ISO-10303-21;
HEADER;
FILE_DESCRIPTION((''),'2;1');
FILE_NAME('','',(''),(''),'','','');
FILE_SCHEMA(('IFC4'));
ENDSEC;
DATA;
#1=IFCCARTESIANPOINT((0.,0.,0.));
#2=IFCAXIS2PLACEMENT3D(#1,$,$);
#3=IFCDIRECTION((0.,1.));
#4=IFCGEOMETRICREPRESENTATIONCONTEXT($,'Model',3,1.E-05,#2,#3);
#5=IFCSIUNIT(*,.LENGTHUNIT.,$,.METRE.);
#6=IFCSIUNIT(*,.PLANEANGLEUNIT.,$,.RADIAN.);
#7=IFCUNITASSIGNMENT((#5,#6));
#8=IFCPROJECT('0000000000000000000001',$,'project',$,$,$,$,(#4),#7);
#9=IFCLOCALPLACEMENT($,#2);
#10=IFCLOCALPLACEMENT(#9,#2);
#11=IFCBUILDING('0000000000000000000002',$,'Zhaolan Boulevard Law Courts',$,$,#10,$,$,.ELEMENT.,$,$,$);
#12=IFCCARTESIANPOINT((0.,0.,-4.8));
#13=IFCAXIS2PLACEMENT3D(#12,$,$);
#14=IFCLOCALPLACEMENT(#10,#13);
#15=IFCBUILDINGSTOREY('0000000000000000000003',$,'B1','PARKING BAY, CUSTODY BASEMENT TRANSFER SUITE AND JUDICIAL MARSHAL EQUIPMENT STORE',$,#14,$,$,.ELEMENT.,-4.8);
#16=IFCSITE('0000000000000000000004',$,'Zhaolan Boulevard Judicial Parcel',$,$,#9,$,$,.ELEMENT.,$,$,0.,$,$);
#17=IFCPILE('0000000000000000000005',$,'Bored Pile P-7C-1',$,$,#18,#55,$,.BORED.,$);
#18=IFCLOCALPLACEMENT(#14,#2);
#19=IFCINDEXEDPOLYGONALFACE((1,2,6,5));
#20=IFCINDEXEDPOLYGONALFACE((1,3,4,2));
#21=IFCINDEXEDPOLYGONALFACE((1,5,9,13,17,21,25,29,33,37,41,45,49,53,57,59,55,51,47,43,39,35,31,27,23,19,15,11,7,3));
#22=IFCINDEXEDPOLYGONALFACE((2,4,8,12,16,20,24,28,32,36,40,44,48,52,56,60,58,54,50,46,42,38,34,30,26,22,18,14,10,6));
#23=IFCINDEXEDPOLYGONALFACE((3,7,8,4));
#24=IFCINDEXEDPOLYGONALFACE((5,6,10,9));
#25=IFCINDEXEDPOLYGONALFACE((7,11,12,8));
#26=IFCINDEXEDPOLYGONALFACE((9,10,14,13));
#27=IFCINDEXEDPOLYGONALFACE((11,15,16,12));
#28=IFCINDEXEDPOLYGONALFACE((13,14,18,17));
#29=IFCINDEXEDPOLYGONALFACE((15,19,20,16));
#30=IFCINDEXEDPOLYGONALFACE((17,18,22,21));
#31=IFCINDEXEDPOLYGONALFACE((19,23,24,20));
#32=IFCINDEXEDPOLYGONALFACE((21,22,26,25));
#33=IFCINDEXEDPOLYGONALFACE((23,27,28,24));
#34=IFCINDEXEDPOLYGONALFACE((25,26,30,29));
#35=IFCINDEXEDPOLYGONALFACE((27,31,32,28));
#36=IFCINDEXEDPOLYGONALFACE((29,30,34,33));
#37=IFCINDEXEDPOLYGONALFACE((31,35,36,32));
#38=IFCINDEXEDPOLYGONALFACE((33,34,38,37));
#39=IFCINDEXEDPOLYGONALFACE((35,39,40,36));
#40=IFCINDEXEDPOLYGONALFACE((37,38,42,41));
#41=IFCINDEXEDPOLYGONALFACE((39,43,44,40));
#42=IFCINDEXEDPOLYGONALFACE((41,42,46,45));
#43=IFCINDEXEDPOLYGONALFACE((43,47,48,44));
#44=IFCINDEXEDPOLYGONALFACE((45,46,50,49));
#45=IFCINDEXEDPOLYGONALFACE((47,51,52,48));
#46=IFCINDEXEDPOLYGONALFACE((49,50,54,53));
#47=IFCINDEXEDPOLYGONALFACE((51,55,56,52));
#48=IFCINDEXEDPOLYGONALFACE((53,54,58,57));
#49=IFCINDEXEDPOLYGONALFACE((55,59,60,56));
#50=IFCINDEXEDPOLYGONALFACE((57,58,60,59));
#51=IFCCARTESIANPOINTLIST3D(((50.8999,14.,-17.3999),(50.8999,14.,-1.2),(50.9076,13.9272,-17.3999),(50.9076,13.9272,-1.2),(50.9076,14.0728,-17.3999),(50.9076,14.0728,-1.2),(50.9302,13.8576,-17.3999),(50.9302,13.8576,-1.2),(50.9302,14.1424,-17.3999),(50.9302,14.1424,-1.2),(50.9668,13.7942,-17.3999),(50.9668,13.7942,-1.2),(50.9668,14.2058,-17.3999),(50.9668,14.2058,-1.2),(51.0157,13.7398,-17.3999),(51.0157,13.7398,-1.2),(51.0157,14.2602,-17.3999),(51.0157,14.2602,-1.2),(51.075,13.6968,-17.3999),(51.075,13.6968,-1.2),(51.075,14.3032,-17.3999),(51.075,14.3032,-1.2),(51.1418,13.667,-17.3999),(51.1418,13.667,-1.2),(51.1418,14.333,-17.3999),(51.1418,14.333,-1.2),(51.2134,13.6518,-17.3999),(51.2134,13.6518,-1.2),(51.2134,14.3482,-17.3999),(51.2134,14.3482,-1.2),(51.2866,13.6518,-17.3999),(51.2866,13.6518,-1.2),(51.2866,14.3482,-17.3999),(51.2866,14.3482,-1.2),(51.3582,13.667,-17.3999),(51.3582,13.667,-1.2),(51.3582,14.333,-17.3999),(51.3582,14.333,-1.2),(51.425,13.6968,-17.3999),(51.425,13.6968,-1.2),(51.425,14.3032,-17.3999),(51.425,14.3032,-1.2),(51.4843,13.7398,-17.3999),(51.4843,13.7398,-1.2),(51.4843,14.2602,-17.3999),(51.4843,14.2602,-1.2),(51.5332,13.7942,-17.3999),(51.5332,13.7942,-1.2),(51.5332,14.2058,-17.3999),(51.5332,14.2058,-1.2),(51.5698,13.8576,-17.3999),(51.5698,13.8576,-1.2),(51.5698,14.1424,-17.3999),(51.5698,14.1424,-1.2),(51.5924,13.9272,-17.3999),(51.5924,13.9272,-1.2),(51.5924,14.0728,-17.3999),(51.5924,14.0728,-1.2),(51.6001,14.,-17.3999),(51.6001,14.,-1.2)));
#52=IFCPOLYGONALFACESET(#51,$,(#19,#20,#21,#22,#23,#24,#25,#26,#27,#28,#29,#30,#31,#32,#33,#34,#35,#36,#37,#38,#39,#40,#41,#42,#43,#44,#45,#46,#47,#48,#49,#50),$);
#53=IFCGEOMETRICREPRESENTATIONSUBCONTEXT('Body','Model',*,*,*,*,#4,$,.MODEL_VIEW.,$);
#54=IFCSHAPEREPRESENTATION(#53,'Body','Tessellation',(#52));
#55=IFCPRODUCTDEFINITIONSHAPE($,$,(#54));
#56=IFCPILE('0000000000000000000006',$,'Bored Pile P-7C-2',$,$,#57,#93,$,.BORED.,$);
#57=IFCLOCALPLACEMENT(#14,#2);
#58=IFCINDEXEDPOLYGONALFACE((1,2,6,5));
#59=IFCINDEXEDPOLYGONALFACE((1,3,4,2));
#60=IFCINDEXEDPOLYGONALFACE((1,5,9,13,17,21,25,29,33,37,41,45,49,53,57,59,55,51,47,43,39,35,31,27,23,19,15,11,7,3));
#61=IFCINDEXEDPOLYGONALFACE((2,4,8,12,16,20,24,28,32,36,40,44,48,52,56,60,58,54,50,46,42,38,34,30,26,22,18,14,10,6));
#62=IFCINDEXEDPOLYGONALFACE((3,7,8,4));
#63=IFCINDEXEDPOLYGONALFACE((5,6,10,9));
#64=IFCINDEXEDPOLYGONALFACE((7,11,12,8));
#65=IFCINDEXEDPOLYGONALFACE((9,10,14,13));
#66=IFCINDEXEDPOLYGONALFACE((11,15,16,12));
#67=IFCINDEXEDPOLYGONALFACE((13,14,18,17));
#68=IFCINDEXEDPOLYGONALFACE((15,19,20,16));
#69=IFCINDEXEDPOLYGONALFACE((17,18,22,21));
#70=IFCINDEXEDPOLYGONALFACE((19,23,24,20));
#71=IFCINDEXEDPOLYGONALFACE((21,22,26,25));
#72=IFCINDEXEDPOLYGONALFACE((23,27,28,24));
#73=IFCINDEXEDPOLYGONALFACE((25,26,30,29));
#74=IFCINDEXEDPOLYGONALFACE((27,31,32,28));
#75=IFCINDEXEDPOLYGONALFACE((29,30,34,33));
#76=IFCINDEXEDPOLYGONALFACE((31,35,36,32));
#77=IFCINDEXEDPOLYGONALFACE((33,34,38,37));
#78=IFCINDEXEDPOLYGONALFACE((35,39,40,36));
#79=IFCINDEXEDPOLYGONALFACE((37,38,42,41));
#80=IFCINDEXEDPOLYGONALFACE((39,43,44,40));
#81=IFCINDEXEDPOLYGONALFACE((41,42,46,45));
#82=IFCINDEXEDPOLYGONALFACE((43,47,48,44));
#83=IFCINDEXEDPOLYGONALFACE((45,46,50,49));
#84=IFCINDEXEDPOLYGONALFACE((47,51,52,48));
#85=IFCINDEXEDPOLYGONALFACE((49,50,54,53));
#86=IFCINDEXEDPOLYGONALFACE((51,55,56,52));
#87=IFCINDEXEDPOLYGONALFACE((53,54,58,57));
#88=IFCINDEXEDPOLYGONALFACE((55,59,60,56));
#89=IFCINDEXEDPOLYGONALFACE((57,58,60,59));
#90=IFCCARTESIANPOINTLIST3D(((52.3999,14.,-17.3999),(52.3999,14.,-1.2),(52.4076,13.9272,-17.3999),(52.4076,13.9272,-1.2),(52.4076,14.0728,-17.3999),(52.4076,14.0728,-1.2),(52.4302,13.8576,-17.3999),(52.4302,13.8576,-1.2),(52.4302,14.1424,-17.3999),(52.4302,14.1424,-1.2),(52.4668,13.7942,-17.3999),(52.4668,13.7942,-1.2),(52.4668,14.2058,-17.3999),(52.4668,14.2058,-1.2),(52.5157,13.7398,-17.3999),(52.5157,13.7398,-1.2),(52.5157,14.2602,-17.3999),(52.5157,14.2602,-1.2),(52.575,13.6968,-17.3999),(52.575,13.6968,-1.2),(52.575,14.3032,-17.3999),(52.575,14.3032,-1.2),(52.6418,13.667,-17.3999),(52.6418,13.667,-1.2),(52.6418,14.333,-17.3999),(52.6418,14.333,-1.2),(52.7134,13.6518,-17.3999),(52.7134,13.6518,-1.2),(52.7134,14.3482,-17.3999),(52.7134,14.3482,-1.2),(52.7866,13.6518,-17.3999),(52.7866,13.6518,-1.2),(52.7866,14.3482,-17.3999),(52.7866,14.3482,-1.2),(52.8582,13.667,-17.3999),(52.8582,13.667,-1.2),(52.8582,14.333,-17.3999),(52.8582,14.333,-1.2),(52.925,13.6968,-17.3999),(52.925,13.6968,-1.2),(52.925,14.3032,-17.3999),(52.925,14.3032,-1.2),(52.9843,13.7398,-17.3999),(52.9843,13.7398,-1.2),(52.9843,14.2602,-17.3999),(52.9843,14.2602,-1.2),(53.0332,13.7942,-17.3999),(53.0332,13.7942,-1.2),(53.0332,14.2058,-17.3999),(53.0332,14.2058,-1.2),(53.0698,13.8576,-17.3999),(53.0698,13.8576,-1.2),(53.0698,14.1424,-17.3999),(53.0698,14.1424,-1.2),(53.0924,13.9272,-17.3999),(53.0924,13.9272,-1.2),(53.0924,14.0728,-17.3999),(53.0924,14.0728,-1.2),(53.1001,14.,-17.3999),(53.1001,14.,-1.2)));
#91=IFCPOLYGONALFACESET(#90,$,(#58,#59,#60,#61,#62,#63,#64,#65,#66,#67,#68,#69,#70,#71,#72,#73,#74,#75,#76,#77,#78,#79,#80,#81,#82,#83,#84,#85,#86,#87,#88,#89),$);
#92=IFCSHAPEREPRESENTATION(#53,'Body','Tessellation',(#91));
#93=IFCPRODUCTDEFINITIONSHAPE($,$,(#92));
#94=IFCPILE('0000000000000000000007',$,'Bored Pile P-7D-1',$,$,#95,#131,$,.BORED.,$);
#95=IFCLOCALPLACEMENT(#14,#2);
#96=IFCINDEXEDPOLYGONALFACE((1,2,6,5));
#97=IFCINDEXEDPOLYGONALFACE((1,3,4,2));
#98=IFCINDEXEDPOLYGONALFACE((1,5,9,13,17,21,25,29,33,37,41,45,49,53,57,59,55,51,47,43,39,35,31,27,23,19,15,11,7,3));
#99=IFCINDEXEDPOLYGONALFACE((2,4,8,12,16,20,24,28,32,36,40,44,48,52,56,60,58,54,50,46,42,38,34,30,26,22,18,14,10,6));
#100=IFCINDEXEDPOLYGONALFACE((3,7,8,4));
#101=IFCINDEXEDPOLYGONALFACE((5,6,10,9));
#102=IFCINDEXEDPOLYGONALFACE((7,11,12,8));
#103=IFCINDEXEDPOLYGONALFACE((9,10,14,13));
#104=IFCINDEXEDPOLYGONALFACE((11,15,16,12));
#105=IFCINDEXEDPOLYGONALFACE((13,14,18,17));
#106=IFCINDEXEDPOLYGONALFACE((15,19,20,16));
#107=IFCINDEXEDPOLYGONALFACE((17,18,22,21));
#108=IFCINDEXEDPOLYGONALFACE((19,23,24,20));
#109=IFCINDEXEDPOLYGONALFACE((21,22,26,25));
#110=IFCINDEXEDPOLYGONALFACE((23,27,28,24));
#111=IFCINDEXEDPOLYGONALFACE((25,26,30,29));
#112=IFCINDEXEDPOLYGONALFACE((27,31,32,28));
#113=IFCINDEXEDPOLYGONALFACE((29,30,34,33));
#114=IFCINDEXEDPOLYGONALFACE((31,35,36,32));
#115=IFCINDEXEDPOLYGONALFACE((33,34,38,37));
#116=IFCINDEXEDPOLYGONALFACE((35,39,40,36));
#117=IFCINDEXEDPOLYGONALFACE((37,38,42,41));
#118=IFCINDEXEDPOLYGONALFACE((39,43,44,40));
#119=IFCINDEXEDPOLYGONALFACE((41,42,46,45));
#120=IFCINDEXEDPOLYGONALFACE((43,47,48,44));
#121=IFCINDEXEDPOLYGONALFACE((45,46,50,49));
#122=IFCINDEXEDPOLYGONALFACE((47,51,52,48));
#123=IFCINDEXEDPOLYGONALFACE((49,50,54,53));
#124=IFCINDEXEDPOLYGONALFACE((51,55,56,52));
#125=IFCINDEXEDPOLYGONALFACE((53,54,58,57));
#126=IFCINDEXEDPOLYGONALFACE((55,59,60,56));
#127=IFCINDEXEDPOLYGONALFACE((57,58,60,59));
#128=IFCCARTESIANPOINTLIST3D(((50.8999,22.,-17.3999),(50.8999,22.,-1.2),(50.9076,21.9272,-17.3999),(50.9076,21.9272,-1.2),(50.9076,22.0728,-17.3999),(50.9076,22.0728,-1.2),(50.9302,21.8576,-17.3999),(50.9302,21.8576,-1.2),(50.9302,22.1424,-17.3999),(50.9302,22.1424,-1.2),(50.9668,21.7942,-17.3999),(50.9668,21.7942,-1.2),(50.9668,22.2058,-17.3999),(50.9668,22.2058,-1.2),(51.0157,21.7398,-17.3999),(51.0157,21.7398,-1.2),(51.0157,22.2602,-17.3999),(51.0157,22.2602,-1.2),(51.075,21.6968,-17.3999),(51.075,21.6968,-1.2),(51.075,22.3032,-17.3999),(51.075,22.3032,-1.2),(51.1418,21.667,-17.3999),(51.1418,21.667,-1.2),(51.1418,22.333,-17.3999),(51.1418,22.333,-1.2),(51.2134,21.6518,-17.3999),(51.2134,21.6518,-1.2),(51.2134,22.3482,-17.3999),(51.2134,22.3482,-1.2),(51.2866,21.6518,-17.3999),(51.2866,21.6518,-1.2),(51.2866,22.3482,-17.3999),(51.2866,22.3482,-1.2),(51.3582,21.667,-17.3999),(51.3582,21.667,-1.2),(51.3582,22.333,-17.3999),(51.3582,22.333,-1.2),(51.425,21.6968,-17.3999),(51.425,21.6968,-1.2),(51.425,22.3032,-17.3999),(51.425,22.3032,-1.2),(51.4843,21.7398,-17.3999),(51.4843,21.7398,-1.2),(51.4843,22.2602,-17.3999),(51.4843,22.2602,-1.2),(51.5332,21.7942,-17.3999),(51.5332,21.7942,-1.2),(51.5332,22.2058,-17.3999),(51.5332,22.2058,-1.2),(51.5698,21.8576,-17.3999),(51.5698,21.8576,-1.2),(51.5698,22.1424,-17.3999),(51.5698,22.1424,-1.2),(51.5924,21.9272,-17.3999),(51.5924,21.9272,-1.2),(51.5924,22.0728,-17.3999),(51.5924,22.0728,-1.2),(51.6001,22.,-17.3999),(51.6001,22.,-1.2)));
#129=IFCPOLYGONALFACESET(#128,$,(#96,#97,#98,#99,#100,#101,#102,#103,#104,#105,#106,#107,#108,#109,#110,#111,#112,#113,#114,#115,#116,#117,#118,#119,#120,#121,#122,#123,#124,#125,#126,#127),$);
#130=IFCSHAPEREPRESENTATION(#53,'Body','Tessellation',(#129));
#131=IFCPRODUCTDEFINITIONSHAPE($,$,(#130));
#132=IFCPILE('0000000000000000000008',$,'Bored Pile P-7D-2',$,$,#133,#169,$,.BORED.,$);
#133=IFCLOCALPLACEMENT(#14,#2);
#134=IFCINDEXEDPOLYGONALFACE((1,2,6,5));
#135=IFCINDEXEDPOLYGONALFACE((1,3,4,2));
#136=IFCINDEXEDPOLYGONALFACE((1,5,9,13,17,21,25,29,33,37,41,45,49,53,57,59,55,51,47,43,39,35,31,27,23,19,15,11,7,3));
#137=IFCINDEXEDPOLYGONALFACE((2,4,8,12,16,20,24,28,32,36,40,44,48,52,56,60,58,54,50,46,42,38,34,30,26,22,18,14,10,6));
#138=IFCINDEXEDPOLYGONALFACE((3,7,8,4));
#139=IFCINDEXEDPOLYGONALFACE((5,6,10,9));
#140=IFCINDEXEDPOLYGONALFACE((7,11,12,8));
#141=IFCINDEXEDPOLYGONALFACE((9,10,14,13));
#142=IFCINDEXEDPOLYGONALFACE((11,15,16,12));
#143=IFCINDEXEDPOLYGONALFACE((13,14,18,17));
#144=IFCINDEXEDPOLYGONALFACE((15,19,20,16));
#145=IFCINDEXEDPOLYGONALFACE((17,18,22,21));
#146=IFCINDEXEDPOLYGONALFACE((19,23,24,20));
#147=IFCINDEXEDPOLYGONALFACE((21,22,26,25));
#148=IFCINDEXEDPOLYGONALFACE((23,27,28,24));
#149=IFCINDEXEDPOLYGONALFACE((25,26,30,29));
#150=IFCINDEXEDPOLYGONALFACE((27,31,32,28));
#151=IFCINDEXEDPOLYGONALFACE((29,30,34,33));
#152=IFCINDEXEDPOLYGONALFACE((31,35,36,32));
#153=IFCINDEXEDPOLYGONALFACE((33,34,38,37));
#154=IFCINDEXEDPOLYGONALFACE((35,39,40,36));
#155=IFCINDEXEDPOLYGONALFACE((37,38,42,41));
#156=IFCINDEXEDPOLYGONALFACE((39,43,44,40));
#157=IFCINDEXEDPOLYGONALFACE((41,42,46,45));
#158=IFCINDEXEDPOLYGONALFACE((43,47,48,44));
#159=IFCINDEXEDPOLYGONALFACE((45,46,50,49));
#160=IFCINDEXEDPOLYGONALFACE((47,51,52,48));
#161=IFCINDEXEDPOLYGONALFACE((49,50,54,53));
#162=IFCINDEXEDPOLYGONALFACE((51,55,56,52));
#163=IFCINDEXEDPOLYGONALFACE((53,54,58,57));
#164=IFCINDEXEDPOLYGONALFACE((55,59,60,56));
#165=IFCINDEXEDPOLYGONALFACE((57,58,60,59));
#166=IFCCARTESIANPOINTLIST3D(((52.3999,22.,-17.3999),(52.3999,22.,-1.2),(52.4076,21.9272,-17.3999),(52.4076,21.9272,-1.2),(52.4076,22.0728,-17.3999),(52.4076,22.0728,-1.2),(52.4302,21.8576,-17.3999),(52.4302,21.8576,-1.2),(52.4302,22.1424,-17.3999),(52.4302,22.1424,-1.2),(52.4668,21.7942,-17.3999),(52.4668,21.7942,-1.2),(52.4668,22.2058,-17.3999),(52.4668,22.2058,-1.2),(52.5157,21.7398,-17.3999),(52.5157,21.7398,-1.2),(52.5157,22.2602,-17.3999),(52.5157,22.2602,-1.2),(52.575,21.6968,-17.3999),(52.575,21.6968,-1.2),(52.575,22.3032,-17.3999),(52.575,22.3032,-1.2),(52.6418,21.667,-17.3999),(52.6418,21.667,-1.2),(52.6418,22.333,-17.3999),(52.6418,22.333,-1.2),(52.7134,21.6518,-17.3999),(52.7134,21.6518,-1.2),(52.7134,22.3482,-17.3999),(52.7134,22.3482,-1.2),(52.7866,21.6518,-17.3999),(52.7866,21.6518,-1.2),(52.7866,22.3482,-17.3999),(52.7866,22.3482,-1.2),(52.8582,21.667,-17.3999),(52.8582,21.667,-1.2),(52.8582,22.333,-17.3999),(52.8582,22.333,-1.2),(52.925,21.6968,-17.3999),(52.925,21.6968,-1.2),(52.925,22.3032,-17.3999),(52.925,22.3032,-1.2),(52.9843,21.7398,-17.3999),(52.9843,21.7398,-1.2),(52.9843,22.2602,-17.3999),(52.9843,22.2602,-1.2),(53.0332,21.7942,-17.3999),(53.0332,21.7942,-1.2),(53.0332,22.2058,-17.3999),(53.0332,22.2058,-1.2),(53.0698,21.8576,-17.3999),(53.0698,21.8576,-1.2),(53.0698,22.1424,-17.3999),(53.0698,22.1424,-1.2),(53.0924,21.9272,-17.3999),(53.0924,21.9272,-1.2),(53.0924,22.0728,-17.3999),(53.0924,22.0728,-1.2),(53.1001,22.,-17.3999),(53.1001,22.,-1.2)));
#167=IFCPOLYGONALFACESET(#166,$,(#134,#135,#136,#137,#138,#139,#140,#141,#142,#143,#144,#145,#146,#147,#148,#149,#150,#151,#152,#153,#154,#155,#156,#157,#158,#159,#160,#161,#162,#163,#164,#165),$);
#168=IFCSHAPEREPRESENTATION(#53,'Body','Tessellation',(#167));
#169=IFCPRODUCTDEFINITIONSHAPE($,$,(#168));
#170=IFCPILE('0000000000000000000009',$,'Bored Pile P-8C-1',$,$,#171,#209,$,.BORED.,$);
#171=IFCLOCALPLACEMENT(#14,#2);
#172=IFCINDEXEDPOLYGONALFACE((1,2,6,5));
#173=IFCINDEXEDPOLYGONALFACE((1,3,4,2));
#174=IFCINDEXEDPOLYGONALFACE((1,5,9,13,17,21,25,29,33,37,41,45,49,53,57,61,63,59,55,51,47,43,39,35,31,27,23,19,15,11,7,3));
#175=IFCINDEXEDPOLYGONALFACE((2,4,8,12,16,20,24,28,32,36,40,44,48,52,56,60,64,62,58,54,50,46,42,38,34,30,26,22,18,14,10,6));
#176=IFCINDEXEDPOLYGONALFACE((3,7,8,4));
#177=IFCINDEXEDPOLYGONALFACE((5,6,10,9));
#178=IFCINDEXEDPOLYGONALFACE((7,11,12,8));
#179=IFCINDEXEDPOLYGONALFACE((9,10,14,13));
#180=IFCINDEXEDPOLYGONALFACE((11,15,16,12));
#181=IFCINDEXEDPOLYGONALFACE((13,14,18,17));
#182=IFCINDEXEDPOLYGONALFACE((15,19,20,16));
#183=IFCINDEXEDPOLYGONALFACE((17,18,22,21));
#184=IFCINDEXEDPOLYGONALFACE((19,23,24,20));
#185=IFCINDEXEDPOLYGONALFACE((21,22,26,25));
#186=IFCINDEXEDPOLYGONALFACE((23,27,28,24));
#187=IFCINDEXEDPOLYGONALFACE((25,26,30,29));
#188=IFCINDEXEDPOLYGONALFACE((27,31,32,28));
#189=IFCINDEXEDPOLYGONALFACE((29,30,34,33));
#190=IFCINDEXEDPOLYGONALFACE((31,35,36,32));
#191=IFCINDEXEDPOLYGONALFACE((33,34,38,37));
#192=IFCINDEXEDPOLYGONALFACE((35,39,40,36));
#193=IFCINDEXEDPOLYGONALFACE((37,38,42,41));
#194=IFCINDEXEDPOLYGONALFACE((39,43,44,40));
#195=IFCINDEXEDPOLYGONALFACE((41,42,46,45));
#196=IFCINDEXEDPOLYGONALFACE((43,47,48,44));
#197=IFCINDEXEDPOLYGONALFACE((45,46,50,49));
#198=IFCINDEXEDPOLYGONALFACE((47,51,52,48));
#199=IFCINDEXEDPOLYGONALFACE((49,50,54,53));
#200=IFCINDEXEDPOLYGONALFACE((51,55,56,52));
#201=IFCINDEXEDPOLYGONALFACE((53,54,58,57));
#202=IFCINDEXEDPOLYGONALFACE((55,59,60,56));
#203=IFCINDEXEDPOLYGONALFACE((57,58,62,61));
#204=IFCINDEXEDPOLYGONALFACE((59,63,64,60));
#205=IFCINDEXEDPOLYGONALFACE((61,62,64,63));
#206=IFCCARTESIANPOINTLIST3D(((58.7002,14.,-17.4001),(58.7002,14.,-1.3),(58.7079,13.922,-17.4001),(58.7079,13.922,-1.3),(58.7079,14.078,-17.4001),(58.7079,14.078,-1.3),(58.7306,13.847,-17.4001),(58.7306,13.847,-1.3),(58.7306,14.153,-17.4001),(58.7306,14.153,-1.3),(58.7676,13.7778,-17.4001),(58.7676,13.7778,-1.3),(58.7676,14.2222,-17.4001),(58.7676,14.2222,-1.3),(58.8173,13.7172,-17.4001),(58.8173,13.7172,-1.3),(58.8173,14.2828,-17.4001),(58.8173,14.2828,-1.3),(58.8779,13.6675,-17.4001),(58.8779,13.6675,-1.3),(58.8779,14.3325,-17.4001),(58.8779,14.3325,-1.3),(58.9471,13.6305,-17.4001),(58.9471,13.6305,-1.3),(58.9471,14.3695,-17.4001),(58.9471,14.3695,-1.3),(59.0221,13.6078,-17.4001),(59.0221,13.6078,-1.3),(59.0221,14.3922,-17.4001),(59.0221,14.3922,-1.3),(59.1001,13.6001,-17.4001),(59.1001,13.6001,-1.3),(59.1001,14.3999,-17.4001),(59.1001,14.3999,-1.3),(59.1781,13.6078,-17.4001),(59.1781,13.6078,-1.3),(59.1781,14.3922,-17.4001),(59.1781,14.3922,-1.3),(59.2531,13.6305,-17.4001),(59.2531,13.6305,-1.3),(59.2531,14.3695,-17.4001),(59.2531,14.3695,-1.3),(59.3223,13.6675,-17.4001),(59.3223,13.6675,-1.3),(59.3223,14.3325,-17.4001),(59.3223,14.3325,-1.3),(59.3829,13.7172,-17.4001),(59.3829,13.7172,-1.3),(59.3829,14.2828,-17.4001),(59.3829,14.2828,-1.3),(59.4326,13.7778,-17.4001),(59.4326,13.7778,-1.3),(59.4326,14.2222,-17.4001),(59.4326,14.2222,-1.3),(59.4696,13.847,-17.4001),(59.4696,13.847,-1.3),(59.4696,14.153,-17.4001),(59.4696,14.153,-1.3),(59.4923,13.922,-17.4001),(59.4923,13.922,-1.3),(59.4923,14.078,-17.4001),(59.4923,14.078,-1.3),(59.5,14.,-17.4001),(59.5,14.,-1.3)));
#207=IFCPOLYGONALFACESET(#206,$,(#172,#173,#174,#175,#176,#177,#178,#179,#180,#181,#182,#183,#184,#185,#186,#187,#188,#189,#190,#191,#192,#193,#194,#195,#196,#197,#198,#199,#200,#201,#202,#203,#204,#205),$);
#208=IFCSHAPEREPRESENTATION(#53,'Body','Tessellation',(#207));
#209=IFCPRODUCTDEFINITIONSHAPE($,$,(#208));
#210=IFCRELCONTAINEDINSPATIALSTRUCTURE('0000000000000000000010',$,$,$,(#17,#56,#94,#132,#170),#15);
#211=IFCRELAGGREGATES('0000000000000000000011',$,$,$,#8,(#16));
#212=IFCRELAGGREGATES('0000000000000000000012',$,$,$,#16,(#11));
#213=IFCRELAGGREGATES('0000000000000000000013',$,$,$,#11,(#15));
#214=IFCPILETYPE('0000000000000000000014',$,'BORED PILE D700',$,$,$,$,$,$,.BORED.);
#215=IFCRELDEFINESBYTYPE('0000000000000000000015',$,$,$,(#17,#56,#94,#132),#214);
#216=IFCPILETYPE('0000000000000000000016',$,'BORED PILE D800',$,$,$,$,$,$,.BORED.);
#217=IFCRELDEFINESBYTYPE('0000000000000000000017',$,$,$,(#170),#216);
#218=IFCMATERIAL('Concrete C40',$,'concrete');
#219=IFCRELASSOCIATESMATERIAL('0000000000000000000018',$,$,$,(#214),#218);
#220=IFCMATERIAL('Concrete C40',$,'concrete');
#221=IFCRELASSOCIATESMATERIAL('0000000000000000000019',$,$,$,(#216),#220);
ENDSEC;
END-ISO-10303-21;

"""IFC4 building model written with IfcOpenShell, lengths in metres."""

from ifc_helpers import new_model, si_unit, direction, frame, origin, origin_2d, place, context, subcontext, project, spatial, circle, extrude, material, material_profile, profile_set, type_object, element, save


model = new_model("IFC4")

# Units and contexts
model_context = context("Model", 3, precision=1e-05, world=origin(), true_north=direction((0.0, 1.0)))
body_context = subcontext(model_context, "Body", "Model", "MODEL_VIEW")
ifc_project = project(units=[si_unit("LENGTHUNIT", "METRE"), si_unit("PLANEANGLEUNIT", "RADIAN")], contexts=[model_context])

# Site, building, storey
site_placement = place(None, origin())
site = spatial("IfcSite", under=ifc_project, at=site_placement, Name="Zhaolan Boulevard Judicial Parcel", CompositionType="ELEMENT", RefElevation=0.0)
building_placement = place(site_placement, origin())
building = spatial("IfcBuilding", under=site, at=building_placement, Name="Zhaolan Boulevard Law Courts", CompositionType="ELEMENT")
storey_placement = place(building_placement, frame((0.0, 0.0, -4.8)))
storey = spatial("IfcBuildingStorey", under=building, at=storey_placement, Name="B1", Description="PARKING BAY, CUSTODY BASEMENT TRANSFER SUITE AND JUDICIAL MARSHAL EQUIPMENT STORE", CompositionType="ELEMENT", Elevation=-4.8)

# Piles
ifc_material_1 = material(Name="Concrete C40", Category="concrete")
ifc_material_profile_1 = material_profile(ifc_material_1, circle(Radius=0.3501, at=origin_2d()), Name="PILE-D700")
ifc_profile_set_1 = profile_set([ifc_material_profile_1], Name="Concrete C40")
pile_type_1 = type_object("IfcPileType", Name="BORED PILE D700", PredefinedType="BORED", material=ifc_profile_set_1)
for number, where, z_axis, x_axis, name in (
    (1, (51.25, 14.0, -1.2), (0.0, 0.0, -1.0), (1.0, 0.0, 0.0), "Bored Pile P-7C-1"),
    (2, (52.75, 14.0, -1.2), (0.0, 0.0, -1.0), (1.0, 0.0, 0.0), "Bored Pile P-7C-2"),
    (3, (51.25, 22.0, -1.2), (0.0, 0.0, -1.0), (1.0, 0.0, 0.0), "Bored Pile P-7D-1"),
    (4, (52.75, 22.0, -1.2), (0.0, 0.0, -1.0), (1.0, 0.0, 0.0), "Bored Pile P-7D-2"),
):
    element("IfcPile", number, at=place(storey_placement, frame(where, z_axis=z_axis, x_axis=x_axis)), inside=storey, type_object=pile_type_1, Name=name, PredefinedType="BORED", context=body_context, shape_type="SweptSolid", body=[
        extrude(circle(Radius=0.3501, at=origin_2d()), origin(), (0.0, 0.0, 1.0), 16.2),
    ])
ifc_material_2 = material(Name="Concrete C40", Category="concrete")
ifc_material_profile_2 = material_profile(ifc_material_2, circle(Radius=0.3999, at=origin_2d()), Name="PILE-D800")
ifc_profile_set_2 = profile_set([ifc_material_profile_2], Name="Concrete C40")
pile_type_2 = type_object("IfcPileType", Name="BORED PILE D800", PredefinedType="BORED", material=ifc_profile_set_2)
for number, where, z_axis, x_axis, name in (
    (5, (59.1001, 14.0, -1.3), (0.0, 0.0, -1.0), (1.0, 0.0, 0.0), "Bored Pile P-8C-1"),
):
    element("IfcPile", number, at=place(storey_placement, frame(where, z_axis=z_axis, x_axis=x_axis)), inside=storey, type_object=pile_type_2, Name=name, PredefinedType="BORED", context=body_context, shape_type="SweptSolid", body=[
        extrude(circle(Radius=0.3999, at=origin_2d()), origin(), (0.0, 0.0, 1.0), 16.1001),
    ])

save(model, "model.ifc")
